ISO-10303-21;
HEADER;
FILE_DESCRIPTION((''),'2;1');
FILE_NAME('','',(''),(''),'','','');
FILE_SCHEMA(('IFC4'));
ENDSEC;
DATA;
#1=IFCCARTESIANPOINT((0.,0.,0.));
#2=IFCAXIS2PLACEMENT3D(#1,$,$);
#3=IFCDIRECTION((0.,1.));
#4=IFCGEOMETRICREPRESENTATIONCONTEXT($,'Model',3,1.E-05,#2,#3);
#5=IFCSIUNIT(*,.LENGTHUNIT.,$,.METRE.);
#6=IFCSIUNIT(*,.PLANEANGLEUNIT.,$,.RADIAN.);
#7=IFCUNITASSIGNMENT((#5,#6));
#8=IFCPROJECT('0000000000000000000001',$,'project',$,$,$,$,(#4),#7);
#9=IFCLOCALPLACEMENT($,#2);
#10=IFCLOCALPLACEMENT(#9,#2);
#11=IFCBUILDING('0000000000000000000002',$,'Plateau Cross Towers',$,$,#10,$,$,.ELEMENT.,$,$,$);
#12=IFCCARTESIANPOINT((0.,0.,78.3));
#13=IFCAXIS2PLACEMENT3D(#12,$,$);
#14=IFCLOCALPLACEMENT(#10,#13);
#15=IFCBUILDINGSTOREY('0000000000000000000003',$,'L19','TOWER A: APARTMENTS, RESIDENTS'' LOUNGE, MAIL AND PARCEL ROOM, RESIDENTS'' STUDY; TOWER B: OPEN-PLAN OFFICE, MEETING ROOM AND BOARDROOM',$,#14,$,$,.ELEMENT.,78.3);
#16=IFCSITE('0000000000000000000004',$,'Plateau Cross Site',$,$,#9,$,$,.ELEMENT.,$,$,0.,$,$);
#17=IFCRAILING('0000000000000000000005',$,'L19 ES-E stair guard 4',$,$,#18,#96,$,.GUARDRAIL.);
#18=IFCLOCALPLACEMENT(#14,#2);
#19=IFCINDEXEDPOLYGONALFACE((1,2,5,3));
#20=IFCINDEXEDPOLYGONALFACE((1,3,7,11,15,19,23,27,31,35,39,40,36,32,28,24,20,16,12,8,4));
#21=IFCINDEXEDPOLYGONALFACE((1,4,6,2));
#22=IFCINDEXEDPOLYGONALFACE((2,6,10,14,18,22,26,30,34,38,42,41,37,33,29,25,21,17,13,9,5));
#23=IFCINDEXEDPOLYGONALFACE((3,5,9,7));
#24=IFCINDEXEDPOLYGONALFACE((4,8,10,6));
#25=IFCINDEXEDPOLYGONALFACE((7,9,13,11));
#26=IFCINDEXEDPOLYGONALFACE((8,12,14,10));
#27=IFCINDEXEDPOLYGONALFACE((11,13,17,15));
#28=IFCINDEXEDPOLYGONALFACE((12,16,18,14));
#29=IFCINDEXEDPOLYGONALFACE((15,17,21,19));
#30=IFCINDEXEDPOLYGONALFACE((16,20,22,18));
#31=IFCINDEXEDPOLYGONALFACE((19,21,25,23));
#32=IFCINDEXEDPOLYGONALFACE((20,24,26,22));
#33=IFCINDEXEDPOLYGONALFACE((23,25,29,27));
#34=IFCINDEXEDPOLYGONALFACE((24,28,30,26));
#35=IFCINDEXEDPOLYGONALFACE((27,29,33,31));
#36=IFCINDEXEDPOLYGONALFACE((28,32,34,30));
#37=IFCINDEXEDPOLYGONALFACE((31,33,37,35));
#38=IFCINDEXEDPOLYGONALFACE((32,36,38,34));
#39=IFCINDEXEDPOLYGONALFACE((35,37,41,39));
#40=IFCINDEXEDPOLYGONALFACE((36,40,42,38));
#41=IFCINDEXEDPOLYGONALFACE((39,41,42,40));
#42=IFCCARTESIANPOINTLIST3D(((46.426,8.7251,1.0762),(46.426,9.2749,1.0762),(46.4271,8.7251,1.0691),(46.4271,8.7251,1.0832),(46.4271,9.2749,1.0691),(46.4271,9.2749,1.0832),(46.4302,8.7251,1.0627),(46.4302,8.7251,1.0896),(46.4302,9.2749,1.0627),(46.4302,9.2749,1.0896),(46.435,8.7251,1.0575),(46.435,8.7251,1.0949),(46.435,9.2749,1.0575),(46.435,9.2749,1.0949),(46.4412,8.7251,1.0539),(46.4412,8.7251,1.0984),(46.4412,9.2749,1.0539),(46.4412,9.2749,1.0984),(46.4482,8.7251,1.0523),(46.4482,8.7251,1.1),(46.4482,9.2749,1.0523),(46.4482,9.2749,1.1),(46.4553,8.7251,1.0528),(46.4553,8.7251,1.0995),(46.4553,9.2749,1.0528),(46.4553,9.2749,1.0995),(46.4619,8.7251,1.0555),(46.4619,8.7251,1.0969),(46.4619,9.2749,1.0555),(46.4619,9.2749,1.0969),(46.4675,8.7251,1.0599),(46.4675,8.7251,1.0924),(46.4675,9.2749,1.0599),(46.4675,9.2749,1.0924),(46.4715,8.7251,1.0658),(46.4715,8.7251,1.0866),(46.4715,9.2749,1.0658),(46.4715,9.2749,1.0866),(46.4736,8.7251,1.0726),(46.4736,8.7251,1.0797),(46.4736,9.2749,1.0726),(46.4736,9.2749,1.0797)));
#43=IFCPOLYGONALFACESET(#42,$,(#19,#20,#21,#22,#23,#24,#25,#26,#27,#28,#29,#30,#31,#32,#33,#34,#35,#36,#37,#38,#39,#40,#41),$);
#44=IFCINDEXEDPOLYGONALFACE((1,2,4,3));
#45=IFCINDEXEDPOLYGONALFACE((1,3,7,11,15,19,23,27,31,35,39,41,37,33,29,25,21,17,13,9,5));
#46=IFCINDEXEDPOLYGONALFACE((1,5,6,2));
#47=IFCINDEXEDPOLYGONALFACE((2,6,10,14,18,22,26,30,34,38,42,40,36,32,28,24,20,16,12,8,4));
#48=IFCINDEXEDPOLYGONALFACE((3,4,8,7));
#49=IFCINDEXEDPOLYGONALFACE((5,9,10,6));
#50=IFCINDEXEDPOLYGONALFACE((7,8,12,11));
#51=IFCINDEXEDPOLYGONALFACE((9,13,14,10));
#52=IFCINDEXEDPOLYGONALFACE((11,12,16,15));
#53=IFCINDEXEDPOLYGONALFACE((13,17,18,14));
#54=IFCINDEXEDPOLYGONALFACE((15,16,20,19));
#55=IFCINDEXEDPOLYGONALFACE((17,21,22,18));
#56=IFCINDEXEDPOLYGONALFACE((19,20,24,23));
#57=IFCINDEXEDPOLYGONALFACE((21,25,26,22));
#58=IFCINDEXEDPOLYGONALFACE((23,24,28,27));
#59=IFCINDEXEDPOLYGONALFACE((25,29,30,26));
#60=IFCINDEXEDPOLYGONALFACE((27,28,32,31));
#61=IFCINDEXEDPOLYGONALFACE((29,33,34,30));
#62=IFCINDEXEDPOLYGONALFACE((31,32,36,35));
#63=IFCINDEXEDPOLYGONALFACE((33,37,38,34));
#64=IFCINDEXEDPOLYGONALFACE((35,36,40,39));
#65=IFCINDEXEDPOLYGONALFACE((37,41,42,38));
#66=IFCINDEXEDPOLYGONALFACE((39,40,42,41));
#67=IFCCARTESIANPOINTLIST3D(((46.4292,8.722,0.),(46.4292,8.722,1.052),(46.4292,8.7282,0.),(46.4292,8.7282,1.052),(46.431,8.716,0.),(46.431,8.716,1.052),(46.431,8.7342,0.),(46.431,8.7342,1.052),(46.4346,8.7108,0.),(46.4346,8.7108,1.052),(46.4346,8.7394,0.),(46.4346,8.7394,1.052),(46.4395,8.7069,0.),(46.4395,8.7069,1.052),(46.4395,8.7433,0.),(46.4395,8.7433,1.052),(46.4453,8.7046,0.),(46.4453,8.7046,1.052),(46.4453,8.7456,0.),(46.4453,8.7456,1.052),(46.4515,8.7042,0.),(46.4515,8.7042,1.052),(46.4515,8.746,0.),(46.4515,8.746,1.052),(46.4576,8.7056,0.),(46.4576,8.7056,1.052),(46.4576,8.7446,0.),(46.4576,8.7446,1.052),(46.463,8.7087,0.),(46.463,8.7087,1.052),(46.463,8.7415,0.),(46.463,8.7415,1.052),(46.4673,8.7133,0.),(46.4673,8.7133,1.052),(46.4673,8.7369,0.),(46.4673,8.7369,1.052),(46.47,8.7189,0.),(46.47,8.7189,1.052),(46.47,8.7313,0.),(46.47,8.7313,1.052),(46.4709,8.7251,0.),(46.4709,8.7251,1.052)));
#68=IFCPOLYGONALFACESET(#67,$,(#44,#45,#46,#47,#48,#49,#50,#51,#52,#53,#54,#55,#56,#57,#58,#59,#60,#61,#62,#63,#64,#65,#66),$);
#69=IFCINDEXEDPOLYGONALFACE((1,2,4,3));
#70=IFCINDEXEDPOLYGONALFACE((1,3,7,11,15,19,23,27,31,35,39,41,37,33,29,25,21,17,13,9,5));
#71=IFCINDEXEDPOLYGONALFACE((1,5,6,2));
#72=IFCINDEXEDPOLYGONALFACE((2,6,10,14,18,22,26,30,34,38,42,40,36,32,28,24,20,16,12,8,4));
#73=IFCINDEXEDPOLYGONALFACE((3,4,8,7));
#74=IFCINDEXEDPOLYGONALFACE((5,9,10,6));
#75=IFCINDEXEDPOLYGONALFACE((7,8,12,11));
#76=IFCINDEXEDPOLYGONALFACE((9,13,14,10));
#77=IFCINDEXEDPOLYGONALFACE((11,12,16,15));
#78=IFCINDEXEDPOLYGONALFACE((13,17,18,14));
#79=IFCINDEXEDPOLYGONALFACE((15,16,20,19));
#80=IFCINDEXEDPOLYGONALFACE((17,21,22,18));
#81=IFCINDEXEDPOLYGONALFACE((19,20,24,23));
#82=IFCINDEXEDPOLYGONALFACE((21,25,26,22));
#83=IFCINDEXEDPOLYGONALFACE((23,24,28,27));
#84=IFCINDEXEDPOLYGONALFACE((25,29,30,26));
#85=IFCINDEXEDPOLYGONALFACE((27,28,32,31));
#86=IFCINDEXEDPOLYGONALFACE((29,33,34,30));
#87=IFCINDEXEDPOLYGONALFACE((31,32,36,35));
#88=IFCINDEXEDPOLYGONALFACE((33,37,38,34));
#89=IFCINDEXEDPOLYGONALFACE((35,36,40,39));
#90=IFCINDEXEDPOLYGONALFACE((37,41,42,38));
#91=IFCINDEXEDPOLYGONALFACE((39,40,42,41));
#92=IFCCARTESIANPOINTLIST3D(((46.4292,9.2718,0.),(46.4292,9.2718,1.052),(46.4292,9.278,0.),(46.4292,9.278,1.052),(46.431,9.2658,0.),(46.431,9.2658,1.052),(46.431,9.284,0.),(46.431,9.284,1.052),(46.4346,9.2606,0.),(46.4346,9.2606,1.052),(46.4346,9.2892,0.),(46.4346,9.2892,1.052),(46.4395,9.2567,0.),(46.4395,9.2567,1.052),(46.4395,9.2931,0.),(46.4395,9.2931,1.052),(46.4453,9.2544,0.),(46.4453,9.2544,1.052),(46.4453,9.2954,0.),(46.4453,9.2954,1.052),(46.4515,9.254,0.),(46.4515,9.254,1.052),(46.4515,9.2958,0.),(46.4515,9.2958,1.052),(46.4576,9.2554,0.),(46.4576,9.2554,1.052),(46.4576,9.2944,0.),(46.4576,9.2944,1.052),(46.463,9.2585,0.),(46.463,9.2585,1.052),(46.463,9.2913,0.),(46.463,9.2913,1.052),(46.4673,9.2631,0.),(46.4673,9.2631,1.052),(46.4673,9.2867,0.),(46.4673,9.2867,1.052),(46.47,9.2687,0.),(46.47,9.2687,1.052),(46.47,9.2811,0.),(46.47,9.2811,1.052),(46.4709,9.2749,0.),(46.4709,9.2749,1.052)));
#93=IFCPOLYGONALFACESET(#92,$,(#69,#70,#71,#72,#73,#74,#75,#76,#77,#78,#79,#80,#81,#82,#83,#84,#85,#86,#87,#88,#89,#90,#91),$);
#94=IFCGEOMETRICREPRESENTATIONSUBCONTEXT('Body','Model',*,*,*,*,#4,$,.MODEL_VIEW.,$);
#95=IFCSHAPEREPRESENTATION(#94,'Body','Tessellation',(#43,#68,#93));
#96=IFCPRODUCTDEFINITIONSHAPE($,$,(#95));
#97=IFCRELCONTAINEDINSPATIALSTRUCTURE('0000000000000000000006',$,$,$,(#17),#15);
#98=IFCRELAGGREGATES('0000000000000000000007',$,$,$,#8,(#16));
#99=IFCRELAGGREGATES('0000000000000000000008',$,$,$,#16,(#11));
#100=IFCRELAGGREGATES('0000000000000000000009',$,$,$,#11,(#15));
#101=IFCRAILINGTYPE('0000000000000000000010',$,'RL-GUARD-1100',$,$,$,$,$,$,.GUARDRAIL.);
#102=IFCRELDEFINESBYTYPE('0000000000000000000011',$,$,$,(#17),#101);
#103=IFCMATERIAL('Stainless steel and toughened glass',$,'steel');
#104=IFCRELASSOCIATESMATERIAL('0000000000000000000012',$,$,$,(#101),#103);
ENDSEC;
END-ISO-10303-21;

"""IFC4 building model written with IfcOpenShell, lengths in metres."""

from ifc_helpers import new_model, si_unit, direction, frame, origin, origin_2d, place, context, subcontext, project, spatial, circle, extrude, material, type_object, element, save


model = new_model("IFC4")

# Units and contexts
model_context = context("Model", 3, precision=1e-05, world=origin(), true_north=direction((0.0, 1.0)))
body_context = subcontext(model_context, "Body", "Model", "MODEL_VIEW")
ifc_project = project(units=[si_unit("LENGTHUNIT", "METRE"), si_unit("PLANEANGLEUNIT", "RADIAN")], contexts=[model_context])

# Site, building, storey
site_placement = place(None, origin())
site = spatial("IfcSite", under=ifc_project, at=site_placement, Name="Plateau Cross Site", CompositionType="ELEMENT", RefElevation=0.0)
building_placement = place(site_placement, origin())
building = spatial("IfcBuilding", under=site, at=building_placement, Name="Plateau Cross Towers", CompositionType="ELEMENT")
storey_placement = place(building_placement, frame((0.0, 0.0, 78.3)))
storey = spatial("IfcBuildingStorey", under=building, at=storey_placement, Name="L19", Description="TOWER A: APARTMENTS, RESIDENTS' LOUNGE, MAIL AND PARCEL ROOM, RESIDENTS' STUDY; TOWER B: OPEN-PLAN OFFICE, MEETING ROOM AND BOARDROOM", CompositionType="ELEMENT", Elevation=78.3)

# Railing
ifc_material_1 = material(Name="Stainless steel and toughened glass", Category="steel")
railing_type = type_object("IfcRailingType", Name="RL-GUARD-1100", PredefinedType="GUARDRAIL", material=ifc_material_1)
railing_1_placement = place(storey_placement, frame((46.45, 8.7251, 0.0)))
element("IfcRailing", 1, at=railing_1_placement, inside=storey, type_object=railing_type, Name="L19 ES-E stair guard 4", PredefinedType="GUARDRAIL", context=body_context, shape_type="SweptSolid", body=[
    extrude(circle(Radius=0.0239, at=origin_2d()), frame((0.0, 0.0, 1.0762), z_axis=(0.0, 1.0, 0.0), x_axis=(-1.0, 0.0, 0.0)), (0.0, 0.0, 1.0), 0.5498),
    extrude(circle(Radius=0.021, at=origin_2d()), origin(), (0.0, 0.0, 1.0), 1.052),
    extrude(circle(Radius=0.021, at=origin_2d()), frame((0.0, 0.5498, 0.0)), (0.0, 0.0, 1.0), 1.052),
])

save(model, "model.ifc")
